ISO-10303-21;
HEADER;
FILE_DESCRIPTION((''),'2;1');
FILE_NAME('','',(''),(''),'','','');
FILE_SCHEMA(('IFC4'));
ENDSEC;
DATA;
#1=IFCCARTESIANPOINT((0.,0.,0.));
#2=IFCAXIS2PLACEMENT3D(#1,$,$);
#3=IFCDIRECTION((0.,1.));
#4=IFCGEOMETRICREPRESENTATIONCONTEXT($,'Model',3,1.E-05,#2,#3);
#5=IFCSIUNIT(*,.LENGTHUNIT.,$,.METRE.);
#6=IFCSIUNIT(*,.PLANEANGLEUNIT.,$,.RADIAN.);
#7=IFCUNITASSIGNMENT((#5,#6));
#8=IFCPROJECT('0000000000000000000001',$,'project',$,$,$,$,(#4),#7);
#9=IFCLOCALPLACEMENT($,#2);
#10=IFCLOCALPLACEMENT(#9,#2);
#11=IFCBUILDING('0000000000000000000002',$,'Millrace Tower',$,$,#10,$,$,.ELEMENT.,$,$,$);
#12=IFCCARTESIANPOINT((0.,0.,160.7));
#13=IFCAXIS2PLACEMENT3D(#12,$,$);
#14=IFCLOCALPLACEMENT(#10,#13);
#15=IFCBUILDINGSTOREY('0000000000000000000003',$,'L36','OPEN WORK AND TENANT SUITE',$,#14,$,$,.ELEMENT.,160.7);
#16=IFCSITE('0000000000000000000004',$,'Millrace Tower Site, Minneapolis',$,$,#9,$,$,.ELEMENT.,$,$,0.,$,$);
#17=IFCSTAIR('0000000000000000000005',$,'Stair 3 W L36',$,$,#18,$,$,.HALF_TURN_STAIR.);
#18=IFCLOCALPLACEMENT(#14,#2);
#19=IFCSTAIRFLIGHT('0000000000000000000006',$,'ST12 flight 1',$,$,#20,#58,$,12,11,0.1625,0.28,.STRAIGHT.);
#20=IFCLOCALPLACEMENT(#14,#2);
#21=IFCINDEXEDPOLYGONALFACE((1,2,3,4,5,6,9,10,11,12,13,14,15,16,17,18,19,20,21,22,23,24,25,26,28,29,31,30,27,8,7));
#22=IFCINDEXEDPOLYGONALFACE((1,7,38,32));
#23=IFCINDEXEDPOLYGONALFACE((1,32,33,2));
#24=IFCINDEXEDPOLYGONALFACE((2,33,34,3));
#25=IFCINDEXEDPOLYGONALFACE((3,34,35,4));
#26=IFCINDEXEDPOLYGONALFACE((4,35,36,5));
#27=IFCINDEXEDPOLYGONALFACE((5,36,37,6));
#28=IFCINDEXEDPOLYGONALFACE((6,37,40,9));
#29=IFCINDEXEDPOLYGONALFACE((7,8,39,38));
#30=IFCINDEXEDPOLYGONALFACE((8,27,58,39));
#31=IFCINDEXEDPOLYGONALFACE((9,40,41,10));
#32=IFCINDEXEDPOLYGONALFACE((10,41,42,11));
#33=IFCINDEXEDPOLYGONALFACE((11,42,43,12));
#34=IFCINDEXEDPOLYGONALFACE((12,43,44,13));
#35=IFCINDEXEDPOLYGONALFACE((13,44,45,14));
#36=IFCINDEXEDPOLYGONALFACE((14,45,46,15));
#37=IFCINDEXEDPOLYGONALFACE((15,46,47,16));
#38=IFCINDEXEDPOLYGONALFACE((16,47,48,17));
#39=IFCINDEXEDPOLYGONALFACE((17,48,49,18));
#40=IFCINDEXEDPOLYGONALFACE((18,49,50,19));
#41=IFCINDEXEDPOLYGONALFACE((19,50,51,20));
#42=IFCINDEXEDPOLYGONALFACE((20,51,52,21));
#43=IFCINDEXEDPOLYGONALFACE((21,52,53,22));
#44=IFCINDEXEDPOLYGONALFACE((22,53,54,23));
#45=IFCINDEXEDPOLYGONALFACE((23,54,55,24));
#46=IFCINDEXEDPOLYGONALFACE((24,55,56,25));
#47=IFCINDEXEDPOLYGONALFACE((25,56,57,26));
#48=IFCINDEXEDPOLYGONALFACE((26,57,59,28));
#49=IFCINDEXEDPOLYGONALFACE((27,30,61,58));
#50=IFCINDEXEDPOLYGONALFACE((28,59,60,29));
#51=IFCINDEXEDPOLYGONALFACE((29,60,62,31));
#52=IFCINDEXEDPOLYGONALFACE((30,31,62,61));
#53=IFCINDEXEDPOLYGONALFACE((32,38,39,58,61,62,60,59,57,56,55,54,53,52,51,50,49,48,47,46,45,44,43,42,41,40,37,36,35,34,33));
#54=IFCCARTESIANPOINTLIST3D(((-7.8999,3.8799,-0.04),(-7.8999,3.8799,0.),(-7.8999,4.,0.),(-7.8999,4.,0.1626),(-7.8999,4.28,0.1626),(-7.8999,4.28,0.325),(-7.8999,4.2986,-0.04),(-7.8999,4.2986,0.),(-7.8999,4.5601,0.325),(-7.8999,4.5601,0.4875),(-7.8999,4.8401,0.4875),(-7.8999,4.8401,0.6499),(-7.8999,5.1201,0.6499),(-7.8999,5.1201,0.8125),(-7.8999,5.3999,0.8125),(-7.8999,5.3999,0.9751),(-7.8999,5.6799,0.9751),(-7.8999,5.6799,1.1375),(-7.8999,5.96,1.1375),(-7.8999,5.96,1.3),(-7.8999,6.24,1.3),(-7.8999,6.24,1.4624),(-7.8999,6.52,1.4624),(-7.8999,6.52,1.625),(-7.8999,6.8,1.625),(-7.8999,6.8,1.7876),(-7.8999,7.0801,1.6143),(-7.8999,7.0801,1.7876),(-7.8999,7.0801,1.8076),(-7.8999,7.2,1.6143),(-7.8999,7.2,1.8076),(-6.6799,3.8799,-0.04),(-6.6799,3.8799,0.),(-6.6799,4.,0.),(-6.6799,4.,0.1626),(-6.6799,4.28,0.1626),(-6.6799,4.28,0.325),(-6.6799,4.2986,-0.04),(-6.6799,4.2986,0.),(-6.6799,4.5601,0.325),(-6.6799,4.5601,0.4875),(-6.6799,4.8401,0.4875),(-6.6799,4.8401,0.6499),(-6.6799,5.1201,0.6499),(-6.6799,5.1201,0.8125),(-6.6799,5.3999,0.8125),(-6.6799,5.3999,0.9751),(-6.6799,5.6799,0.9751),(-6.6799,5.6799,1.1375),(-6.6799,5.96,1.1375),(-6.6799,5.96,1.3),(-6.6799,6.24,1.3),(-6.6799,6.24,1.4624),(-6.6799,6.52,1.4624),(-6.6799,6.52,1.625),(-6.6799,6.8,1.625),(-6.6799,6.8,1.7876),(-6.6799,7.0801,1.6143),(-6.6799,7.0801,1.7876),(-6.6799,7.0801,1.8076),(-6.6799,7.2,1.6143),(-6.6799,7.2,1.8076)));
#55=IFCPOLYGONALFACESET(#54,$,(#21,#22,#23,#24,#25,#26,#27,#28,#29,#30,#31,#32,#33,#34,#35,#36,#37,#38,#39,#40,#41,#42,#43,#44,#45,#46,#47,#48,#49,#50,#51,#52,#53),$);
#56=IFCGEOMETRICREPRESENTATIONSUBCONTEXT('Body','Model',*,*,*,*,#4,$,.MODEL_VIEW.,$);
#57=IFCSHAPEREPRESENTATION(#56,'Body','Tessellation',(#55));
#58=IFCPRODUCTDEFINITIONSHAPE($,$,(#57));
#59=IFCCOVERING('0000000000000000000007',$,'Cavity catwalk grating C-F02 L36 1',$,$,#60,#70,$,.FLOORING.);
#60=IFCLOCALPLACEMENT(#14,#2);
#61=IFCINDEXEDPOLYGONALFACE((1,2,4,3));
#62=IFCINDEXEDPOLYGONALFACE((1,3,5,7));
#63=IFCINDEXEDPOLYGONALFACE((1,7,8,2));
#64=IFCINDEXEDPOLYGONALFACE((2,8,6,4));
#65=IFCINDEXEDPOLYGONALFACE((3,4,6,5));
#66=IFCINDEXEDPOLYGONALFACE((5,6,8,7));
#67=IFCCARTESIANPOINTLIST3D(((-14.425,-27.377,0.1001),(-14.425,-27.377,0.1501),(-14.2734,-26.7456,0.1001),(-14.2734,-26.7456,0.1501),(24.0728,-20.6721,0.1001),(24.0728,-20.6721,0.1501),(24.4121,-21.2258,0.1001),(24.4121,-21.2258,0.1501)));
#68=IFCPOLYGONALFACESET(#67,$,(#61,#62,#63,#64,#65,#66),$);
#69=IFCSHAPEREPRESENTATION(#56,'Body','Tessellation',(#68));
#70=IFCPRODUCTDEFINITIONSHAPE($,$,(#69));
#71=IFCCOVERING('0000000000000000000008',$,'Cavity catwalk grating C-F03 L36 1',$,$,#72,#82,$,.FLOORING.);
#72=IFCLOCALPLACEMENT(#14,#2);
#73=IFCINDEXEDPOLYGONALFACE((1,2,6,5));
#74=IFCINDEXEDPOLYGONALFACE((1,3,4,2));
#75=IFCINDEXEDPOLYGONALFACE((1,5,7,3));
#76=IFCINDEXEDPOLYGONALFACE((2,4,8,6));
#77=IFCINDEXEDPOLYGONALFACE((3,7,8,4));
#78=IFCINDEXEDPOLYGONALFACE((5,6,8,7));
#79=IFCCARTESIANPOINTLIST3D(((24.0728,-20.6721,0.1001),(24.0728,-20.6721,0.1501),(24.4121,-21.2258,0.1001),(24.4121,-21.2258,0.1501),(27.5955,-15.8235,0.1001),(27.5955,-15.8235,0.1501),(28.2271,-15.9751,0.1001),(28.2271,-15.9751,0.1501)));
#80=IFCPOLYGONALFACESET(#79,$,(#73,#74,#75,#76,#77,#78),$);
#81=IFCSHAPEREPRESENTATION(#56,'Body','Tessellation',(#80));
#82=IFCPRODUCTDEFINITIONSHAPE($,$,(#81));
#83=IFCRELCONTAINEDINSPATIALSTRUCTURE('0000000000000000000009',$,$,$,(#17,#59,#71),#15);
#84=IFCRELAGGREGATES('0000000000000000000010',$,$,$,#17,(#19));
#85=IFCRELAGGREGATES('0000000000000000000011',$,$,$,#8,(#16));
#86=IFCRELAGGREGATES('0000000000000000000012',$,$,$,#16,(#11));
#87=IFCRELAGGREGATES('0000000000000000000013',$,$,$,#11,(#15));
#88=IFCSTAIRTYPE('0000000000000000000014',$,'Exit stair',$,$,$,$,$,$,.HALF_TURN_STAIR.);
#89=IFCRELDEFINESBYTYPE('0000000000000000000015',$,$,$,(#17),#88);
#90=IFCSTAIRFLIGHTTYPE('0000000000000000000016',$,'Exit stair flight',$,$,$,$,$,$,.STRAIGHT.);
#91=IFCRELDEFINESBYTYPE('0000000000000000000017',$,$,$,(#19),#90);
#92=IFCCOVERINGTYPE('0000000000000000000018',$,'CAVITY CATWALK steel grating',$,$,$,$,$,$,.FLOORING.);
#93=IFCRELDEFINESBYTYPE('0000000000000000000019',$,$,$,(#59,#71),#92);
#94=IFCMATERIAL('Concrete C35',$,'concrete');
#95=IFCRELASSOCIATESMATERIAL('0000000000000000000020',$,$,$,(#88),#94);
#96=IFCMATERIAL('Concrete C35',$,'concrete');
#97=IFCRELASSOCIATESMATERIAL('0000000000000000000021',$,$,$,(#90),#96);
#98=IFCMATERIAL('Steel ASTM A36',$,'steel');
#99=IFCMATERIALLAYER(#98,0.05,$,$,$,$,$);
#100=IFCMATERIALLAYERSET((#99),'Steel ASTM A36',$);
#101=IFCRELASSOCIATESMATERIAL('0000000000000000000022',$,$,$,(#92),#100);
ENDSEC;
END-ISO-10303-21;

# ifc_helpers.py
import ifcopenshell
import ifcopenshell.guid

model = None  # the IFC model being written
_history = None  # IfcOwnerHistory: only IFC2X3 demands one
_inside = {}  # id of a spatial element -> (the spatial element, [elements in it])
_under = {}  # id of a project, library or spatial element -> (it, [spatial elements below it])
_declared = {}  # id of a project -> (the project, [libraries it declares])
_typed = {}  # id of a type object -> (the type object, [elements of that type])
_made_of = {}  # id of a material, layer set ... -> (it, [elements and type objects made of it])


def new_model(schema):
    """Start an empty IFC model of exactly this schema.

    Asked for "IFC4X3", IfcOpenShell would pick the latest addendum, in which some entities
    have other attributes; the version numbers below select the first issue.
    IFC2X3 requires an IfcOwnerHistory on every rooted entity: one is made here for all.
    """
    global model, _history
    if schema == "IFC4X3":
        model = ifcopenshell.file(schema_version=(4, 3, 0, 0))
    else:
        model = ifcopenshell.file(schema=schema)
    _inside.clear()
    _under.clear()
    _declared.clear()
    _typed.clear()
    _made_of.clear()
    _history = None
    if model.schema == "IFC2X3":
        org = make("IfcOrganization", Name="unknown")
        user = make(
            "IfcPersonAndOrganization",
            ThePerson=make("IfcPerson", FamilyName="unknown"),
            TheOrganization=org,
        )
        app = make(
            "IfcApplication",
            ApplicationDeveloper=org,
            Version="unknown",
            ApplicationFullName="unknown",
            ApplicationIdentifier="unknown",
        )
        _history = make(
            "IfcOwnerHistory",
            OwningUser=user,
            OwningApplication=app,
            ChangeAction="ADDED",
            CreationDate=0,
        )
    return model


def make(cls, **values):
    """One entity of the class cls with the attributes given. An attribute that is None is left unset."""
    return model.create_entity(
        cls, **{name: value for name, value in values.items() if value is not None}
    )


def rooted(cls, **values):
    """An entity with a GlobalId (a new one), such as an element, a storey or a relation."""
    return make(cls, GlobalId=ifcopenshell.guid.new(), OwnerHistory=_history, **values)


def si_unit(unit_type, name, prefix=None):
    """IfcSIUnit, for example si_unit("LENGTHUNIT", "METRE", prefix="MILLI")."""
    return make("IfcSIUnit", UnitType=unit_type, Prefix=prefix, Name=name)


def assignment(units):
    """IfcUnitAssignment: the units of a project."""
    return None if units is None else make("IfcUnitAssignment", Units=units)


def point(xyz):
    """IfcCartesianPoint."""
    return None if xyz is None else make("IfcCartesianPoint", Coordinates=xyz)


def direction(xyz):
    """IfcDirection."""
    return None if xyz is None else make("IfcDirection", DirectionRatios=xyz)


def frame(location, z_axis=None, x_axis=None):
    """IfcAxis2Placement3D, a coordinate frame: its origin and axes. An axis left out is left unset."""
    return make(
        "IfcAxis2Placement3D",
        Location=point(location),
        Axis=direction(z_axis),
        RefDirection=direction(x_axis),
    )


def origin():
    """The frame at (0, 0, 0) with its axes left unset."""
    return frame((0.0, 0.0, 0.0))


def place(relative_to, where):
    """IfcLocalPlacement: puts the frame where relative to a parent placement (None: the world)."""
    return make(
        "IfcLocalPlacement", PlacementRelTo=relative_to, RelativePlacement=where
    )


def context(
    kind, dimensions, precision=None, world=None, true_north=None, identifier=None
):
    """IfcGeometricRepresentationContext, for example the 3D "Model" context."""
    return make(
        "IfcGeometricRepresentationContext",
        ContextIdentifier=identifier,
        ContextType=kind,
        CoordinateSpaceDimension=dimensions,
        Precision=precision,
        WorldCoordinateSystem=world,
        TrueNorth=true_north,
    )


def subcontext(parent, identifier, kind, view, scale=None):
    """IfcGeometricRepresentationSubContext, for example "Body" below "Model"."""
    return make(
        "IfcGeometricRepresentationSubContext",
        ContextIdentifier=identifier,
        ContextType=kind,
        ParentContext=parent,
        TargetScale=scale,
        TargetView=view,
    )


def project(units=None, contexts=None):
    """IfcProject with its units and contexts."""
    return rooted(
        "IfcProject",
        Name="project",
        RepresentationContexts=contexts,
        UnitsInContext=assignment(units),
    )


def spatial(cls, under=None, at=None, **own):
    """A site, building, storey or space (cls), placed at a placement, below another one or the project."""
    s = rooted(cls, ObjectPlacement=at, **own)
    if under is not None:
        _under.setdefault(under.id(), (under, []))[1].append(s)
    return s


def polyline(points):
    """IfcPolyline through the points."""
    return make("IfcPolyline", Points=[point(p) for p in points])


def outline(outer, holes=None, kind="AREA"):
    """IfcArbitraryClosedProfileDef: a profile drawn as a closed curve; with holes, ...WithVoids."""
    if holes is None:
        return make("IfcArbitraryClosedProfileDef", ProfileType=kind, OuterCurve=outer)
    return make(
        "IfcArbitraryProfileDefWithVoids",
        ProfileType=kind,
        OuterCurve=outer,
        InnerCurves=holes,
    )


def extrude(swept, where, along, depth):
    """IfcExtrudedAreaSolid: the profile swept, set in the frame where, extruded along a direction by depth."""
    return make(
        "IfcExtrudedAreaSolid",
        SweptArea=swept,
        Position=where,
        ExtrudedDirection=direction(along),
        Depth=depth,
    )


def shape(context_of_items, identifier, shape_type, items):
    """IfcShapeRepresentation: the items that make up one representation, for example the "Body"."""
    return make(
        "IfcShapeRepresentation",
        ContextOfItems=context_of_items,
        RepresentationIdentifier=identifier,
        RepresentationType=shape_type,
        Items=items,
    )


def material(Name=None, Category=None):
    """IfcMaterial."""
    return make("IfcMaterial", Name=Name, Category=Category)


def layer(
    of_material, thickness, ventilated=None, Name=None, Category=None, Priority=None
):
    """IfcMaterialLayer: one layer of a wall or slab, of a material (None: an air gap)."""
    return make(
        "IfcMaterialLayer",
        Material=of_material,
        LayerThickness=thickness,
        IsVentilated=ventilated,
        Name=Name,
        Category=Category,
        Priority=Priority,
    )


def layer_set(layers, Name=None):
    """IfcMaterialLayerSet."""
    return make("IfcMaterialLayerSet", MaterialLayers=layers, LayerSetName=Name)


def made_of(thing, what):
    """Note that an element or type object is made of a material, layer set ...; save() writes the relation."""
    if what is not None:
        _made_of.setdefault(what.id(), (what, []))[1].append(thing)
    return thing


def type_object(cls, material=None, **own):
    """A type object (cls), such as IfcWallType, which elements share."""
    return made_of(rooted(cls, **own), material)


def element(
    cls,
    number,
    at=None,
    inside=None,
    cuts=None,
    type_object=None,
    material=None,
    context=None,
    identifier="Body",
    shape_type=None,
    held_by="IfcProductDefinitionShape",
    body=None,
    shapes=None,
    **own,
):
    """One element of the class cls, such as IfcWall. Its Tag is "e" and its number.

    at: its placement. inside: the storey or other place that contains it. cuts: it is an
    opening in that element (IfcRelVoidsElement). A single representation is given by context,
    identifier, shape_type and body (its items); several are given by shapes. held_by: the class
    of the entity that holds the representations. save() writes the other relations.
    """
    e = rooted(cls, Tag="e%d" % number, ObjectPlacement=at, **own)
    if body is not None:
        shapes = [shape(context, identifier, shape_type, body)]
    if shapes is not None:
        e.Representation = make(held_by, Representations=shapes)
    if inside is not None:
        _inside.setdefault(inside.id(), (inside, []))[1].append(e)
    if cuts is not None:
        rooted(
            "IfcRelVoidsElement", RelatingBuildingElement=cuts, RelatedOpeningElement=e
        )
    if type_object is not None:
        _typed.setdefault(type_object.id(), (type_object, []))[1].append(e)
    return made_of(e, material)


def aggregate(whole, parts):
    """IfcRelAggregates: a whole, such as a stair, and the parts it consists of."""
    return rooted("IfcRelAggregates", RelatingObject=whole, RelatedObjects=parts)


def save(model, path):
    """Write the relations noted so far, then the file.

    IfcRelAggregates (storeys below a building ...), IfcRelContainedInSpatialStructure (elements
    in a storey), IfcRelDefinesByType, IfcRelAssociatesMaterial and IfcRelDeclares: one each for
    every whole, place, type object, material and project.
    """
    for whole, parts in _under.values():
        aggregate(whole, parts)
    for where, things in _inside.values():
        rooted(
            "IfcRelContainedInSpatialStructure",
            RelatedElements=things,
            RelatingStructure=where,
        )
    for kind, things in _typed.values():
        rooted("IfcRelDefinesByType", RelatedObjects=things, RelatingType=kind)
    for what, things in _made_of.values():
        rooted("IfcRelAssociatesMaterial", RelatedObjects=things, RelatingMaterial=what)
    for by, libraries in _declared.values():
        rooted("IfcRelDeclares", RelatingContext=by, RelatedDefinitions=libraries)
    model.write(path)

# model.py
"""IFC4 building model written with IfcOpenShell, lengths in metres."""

from ifc_helpers import new_model, si_unit, direction, frame, origin, place, context, subcontext, project, spatial, polyline, outline, extrude, material, layer, layer_set, type_object, element, aggregate, save


model = new_model("IFC4")

# Units and contexts
model_context = context("Model", 3, precision=1e-05, world=origin(), true_north=direction((0.0, 1.0)))
body_context = subcontext(model_context, "Body", "Model", "MODEL_VIEW")
ifc_project = project(units=[si_unit("LENGTHUNIT", "METRE"), si_unit("PLANEANGLEUNIT", "RADIAN")], contexts=[model_context])

# Site, building, storey
site_placement = place(None, origin())
site = spatial("IfcSite", under=ifc_project, at=site_placement, Name="Millrace Tower Site, Minneapolis", CompositionType="ELEMENT", RefElevation=0.0)
building_placement = place(site_placement, origin())
building = spatial("IfcBuilding", under=site, at=building_placement, Name="Millrace Tower", CompositionType="ELEMENT")
storey_placement = place(building_placement, frame((0.0, 0.0, 160.7)))
storey = spatial("IfcBuildingStorey", under=building, at=storey_placement, Name="L36", Description="OPEN WORK AND TENANT SUITE", CompositionType="ELEMENT", Elevation=160.7)

# Shared definitions
placement_1 = place(storey_placement, origin())

# Stair, stair flight
ifc_material_1 = material(Name="Concrete C35", Category="concrete")
stair_type = type_object("IfcStairType", Name="Exit stair", PredefinedType="HALF_TURN_STAIR", material=ifc_material_1)
ifc_material_2 = material(Name="Concrete C35", Category="concrete")
stair_flight_type = type_object("IfcStairFlightType", Name="Exit stair flight", PredefinedType="STRAIGHT", material=ifc_material_2)
stair_1 = element("IfcStair", 1, at=placement_1, inside=storey, type_object=stair_type, Name="Stair 3 W L36", PredefinedType="HALF_TURN_STAIR")
stair_flight_1_placement = place(storey_placement, frame((-7.29, 4.0, 0.0), z_axis=(0.0, 0.0, 1.0), x_axis=(0.0, 1.0, 0.0)))
stair_flight_1 = element("IfcStairFlight", 2, at=stair_flight_1_placement, type_object=stair_flight_type, Name="ST12 flight 1", NumberOfRisers=12, NumberOfTreads=11, PredefinedType="STRAIGHT", RiserHeight=0.1625, TreadLength=0.28, context=body_context, shape_type="SweptSolid", body=[
    extrude(outline(polyline([(-0.1201, -0.04), (-0.1201, 0.0), (0.0, 0.0), (0.0, 0.1626), (0.28, 0.1626), (0.28, 0.325), (0.5601, 0.325), (0.5601, 0.4875), (0.8401, 0.4875), (0.8401, 0.6499), (1.1201, 0.6499), (1.1201, 0.8125), (1.3999, 0.8125), (1.3999, 0.9751), (1.6799, 0.9751), (1.6799, 1.1375), (1.96, 1.1375), (1.96, 1.3), (2.24, 1.3), (2.24, 1.4624), (2.52, 1.4624), (2.52, 1.625), (2.8, 1.625), (2.8, 1.7876), (3.0801, 1.7876), (3.0801, 1.8076), (3.2, 1.8076), (3.2, 1.6143), (3.0801, 1.6143), (0.2986, 0.0), (0.2986, -0.04), (-0.1201, -0.04)])), frame((0.0, 0.6099, 0.0), z_axis=(0.0, -1.0, 0.0), x_axis=(1.0, 0.0, 0.0)), (0.0, 0.0, 1.0), 1.22),
])
aggregate(stair_1, [stair_flight_1])

# Coverings
ifc_material_3 = material(Name="Steel ASTM A36", Category="steel")
ifc_layer_1 = layer(ifc_material_3, 0.05)
ifc_layer_set_1 = layer_set([ifc_layer_1], Name="Steel ASTM A36")
covering_type = type_object("IfcCoveringType", Name="CAVITY CATWALK steel grating", PredefinedType="FLOORING", material=ifc_layer_set_1)
placement_2 = place(storey_placement, frame((0.0, 0.0, 0.1001)))
element("IfcCovering", 3, at=placement_2, inside=storey, type_object=covering_type, Name="Cavity catwalk grating C-F02 L36 1", PredefinedType="FLOORING", context=body_context, shape_type="SweptSolid", body=[
    extrude(outline(polyline([(-14.425, -27.377), (24.4121, -21.2258), (24.0728, -20.6721), (-14.2734, -26.7456), (-14.425, -27.377)])), origin(), (0.0, 0.0, 1.0), 0.05),
])
element("IfcCovering", 4, at=placement_2, inside=storey, type_object=covering_type, Name="Cavity catwalk grating C-F03 L36 1", PredefinedType="FLOORING", context=body_context, shape_type="SweptSolid", body=[
    extrude(outline(polyline([(24.4121, -21.2258), (28.2271, -15.9751), (27.5955, -15.8235), (24.0728, -20.6721), (24.4121, -21.2258)])), origin(), (0.0, 0.0, 1.0), 0.05),
])

save(model, "model.ifc")
